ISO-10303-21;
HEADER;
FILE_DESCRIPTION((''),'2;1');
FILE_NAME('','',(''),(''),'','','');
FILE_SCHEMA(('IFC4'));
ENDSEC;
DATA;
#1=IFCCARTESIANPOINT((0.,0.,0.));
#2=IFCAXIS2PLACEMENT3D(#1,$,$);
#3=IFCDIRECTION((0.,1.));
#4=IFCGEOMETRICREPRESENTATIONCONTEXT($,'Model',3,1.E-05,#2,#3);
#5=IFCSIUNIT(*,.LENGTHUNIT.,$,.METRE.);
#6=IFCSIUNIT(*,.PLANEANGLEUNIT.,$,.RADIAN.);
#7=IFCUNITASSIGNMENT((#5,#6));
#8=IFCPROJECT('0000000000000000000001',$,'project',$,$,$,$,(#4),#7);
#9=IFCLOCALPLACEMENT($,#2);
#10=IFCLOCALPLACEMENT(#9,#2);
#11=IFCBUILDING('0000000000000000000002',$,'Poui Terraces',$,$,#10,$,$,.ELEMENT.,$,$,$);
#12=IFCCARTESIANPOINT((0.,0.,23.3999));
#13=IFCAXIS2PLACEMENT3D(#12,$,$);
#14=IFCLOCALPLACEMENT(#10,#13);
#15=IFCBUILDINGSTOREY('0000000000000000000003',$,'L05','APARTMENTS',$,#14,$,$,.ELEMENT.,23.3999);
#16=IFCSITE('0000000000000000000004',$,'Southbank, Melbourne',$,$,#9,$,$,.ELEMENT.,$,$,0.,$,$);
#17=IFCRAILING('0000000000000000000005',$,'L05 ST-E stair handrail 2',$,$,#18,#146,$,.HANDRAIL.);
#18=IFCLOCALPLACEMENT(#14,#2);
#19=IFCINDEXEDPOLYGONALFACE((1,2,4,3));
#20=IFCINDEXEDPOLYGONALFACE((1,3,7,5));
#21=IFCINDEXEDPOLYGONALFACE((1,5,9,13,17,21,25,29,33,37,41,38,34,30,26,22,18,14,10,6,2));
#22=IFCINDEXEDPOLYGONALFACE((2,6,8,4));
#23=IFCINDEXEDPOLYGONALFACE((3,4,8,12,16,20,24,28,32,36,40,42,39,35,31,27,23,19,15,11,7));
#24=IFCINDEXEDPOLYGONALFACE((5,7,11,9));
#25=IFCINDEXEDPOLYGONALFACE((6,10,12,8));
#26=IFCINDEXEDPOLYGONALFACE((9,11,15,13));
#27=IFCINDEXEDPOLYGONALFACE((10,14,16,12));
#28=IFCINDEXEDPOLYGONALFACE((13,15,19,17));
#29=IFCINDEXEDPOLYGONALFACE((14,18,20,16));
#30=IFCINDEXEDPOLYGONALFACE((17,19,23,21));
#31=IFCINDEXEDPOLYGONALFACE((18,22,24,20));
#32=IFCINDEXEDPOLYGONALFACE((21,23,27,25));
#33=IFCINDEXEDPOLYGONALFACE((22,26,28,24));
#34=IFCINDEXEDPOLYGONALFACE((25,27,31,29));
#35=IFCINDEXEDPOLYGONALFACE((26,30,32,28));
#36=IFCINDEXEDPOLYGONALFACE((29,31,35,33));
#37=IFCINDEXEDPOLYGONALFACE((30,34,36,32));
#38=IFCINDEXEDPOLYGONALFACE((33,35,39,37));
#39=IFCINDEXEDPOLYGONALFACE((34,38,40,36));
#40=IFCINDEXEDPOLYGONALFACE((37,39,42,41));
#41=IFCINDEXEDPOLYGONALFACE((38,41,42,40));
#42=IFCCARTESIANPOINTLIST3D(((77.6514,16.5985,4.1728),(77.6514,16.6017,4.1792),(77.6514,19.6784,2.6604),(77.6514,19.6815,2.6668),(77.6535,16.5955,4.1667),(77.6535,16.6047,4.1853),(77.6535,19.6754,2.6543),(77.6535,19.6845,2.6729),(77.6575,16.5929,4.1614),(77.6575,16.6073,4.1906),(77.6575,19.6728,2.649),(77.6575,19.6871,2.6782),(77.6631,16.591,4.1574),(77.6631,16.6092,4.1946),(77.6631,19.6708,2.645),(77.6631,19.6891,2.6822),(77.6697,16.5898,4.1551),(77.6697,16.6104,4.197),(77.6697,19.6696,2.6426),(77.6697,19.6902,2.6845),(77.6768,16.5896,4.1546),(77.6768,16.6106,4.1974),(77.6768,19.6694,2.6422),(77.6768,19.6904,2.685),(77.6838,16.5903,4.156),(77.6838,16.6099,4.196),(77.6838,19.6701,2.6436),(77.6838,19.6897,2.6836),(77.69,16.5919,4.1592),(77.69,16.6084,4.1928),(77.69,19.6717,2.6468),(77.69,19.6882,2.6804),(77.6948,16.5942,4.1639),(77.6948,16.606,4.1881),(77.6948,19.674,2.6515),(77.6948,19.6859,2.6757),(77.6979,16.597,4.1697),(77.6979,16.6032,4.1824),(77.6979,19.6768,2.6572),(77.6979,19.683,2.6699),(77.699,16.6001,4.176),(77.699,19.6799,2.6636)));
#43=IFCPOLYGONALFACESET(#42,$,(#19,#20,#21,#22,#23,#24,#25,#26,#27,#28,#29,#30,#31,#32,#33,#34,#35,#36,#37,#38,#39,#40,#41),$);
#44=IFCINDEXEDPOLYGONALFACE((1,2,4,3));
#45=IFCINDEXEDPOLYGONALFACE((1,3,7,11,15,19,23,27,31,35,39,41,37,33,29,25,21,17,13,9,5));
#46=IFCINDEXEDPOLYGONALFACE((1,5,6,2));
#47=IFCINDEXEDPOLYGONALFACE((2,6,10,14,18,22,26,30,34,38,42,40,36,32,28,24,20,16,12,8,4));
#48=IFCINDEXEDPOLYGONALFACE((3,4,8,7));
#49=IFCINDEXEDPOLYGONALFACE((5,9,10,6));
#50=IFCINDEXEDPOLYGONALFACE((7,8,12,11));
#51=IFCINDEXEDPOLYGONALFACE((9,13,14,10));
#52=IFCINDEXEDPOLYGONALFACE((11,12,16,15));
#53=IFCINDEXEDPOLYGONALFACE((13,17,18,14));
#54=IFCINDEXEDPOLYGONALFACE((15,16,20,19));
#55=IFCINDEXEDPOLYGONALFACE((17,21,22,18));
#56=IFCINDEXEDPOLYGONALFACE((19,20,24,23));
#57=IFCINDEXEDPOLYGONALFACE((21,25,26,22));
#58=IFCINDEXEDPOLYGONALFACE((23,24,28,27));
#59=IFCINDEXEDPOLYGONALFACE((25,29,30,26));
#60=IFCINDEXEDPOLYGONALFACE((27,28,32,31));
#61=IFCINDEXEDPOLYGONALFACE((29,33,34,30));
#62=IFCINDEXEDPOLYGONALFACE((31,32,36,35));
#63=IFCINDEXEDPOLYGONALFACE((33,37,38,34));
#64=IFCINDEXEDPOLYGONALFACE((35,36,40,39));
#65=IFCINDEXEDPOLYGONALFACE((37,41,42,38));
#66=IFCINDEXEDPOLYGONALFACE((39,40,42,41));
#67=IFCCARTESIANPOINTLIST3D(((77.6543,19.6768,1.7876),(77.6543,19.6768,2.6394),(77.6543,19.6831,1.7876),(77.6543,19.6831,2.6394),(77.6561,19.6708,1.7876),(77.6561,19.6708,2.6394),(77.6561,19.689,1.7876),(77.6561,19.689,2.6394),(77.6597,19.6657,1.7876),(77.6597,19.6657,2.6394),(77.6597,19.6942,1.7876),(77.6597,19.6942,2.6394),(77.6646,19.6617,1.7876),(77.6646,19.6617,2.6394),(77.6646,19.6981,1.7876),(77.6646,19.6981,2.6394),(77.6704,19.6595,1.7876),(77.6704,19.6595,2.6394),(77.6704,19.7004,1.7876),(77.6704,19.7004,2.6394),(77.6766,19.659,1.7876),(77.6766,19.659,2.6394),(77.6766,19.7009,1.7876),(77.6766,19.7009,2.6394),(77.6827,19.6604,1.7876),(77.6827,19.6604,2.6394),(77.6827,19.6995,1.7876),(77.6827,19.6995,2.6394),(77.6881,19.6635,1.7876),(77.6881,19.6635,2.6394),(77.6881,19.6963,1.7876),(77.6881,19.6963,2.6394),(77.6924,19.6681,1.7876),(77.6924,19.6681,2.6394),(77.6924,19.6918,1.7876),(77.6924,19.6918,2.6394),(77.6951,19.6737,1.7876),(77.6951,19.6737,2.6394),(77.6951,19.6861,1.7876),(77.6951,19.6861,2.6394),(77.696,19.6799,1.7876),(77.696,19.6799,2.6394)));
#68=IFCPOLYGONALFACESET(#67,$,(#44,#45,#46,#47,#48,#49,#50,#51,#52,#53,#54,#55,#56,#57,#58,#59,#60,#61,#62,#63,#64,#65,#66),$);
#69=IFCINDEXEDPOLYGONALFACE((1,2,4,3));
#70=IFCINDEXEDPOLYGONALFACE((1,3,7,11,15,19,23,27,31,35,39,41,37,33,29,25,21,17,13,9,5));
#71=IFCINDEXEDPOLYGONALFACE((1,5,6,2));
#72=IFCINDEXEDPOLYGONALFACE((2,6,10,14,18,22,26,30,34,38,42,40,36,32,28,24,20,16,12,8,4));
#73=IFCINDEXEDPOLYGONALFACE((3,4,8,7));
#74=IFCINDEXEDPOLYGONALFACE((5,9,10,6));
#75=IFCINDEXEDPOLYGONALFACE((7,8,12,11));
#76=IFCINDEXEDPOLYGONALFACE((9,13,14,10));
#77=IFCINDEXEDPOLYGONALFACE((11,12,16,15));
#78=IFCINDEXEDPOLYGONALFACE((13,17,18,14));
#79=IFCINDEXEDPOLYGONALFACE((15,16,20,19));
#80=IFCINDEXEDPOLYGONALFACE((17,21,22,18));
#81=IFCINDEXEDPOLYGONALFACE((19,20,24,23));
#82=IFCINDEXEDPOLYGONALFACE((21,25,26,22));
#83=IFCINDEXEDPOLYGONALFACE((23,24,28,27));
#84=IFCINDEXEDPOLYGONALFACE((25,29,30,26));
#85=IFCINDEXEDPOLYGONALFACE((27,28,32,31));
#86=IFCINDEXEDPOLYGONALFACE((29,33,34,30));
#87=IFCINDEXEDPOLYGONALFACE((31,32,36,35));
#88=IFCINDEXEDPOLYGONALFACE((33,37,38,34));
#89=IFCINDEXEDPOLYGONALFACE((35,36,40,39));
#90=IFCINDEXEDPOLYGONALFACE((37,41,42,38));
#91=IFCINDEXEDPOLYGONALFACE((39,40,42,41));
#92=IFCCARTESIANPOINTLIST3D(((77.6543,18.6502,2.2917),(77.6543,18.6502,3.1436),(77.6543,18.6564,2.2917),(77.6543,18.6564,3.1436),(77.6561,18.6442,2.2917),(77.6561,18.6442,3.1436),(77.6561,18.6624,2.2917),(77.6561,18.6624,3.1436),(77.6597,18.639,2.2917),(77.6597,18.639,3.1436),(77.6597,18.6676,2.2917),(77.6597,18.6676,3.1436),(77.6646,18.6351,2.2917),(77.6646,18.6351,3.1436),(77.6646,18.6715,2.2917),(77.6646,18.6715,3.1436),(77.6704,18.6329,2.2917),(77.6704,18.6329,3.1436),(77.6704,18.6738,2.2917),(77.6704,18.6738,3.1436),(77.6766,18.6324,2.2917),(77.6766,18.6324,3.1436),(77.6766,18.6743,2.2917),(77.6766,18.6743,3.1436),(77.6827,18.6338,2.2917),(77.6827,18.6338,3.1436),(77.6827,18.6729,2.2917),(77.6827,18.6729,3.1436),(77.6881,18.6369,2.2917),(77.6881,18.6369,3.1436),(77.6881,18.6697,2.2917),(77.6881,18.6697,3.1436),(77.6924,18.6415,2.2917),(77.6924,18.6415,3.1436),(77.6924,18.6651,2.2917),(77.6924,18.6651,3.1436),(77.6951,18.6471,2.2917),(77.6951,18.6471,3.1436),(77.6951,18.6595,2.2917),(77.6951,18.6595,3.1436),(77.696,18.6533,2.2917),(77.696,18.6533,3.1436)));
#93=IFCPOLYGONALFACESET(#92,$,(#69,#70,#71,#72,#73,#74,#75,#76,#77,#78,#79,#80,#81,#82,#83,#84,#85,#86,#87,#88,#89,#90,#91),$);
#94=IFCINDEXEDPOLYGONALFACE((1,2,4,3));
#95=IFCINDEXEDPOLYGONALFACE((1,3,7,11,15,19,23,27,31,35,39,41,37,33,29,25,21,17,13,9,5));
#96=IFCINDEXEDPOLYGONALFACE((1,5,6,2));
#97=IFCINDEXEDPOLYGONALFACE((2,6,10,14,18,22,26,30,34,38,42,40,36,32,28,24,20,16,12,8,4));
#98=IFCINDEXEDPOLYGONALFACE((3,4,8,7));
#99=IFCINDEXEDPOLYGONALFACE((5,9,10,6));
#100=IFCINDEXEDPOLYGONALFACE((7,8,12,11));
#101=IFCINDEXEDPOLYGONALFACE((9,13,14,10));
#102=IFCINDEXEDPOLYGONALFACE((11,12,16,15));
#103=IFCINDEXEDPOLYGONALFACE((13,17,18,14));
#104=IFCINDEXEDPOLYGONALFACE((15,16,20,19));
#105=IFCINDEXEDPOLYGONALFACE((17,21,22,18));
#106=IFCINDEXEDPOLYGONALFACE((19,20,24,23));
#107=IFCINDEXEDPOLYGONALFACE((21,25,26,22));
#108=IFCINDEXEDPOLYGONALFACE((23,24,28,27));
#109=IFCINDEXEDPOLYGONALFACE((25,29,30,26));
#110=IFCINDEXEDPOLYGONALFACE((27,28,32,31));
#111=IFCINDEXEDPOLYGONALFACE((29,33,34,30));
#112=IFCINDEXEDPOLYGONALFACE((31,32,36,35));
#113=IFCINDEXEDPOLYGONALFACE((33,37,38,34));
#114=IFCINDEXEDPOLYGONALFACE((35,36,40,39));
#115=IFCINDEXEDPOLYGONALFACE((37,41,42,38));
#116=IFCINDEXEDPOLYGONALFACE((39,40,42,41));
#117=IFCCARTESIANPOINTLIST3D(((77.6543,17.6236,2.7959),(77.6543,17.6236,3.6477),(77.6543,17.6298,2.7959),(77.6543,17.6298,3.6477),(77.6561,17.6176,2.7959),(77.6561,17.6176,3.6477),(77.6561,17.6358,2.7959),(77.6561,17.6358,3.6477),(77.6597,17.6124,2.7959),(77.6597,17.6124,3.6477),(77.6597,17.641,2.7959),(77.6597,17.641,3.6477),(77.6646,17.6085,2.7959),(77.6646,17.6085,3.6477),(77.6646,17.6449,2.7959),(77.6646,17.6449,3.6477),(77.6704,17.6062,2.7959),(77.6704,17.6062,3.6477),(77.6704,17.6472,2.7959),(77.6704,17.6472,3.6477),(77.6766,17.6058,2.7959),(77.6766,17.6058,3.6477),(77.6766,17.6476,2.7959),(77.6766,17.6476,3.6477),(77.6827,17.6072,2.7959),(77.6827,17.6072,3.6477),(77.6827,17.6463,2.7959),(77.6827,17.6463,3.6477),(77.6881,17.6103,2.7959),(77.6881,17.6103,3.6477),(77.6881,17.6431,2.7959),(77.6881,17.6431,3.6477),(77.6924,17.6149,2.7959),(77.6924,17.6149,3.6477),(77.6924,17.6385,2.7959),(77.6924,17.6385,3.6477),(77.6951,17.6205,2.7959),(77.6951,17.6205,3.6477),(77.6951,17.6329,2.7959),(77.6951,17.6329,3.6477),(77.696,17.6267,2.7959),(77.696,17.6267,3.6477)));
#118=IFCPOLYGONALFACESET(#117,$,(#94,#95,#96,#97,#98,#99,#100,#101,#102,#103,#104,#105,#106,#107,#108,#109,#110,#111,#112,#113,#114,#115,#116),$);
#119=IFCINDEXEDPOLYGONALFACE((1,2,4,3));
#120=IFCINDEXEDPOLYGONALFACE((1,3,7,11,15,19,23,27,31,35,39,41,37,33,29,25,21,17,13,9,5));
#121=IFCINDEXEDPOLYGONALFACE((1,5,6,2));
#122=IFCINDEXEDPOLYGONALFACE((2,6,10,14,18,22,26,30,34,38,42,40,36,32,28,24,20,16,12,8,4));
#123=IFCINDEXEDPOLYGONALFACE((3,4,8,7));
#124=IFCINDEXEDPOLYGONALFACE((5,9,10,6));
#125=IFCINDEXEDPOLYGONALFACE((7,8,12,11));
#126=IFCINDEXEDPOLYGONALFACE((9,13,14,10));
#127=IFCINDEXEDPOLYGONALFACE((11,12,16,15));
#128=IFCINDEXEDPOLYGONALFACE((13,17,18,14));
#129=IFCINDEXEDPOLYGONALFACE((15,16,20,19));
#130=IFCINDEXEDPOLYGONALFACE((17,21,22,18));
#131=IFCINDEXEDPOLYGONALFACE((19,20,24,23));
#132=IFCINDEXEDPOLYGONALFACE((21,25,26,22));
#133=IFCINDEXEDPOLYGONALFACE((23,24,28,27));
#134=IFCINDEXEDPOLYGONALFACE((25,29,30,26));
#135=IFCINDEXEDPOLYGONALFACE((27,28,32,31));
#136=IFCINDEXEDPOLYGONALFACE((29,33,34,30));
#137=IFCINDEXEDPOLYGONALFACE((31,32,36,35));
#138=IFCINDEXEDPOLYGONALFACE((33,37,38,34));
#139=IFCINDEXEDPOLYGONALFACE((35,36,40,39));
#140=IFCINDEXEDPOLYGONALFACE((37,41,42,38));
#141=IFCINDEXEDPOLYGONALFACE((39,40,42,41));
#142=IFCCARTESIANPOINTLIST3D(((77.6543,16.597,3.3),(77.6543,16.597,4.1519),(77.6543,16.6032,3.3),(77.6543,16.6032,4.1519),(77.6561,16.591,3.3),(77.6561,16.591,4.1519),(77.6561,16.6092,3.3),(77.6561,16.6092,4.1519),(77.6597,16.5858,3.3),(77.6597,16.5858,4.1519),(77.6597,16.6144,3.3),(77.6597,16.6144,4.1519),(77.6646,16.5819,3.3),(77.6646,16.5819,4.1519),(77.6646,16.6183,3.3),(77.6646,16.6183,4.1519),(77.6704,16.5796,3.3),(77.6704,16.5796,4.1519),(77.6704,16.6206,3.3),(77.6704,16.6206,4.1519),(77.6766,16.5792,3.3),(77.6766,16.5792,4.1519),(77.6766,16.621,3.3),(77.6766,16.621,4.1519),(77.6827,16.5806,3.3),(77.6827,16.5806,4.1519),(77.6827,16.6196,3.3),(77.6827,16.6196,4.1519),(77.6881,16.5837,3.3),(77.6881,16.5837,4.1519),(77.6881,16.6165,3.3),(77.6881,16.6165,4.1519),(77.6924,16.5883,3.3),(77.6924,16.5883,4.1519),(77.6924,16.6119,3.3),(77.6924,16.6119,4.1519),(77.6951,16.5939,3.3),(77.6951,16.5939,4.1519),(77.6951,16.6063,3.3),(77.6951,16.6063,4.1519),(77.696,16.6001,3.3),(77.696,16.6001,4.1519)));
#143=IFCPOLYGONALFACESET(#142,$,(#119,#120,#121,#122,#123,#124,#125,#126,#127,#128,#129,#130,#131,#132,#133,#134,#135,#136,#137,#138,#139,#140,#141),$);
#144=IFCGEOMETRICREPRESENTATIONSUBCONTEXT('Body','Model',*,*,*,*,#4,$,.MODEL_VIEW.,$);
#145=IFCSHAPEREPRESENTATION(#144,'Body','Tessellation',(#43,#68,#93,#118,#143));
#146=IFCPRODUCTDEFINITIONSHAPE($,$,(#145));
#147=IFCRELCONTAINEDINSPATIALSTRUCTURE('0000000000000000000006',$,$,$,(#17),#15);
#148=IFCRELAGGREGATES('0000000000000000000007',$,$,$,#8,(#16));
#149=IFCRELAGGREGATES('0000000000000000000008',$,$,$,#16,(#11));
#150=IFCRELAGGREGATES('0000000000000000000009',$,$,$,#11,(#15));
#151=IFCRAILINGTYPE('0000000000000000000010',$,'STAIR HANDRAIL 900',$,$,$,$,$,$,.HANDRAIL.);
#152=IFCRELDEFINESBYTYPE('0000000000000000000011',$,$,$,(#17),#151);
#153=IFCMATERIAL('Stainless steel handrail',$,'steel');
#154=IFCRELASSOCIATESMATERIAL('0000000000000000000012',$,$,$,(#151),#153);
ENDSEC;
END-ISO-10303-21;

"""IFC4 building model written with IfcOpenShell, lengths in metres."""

from ifc_helpers import new_model, si_unit, direction, frame, origin, origin_2d, place, context, subcontext, project, spatial, circle, extrude, material, type_object, element, save


model = new_model("IFC4")

# Units and contexts
model_context = context("Model", 3, precision=1e-05, world=origin(), true_north=direction((0.0, 1.0)))
body_context = subcontext(model_context, "Body", "Model", "MODEL_VIEW")
ifc_project = project(units=[si_unit("LENGTHUNIT", "METRE"), si_unit("PLANEANGLEUNIT", "RADIAN")], contexts=[model_context])

# Site, building, storey
site_placement = place(None, origin())
site = spatial("IfcSite", under=ifc_project, at=site_placement, Name="Southbank, Melbourne", CompositionType="ELEMENT", RefElevation=0.0)
building_placement = place(site_placement, origin())
building = spatial("IfcBuilding", under=site, at=building_placement, Name="Poui Terraces", CompositionType="ELEMENT")
storey_placement = place(building_placement, frame((0.0, 0.0, 23.3999)))
storey = spatial("IfcBuildingStorey", under=building, at=storey_placement, Name="L05", Description="APARTMENTS", CompositionType="ELEMENT", Elevation=23.3999)

# Railing
ifc_material_1 = material(Name="Stainless steel handrail", Category="steel")
railing_type_1 = type_object("IfcRailingType", Name="STAIR HANDRAIL 900", PredefinedType="HANDRAIL", material=ifc_material_1)
railing_1_placement = place(storey_placement, frame((77.675, 19.6799, 1.7876)))
element("IfcRailing", 1, at=railing_1_placement, inside=storey, type_object=railing_type_1, Name="L05 ST-E stair handrail 2", PredefinedType="HANDRAIL", context=body_context, shape_type="SweptSolid", body=[
    extrude(circle(Radius=0.0239, at=origin_2d()), frame((0.0, 0.0, 0.876), z_axis=(0.0, -0.897606, 0.440798), x_axis=(1.0, 0.0, 0.0)), (0.0, 0.0, 1.0), 3.4312),
    extrude(circle(Radius=0.021, at=origin_2d()), origin(), (0.0, 0.0, 1.0), 0.8518),
    extrude(circle(Radius=0.021, at=origin_2d()), frame((0.0, -1.0266, 0.5042)), (0.0, 0.0, 1.0), 0.8518),
    extrude(circle(Radius=0.021, at=origin_2d()), frame((0.0, -2.0532, 1.0083)), (0.0, 0.0, 1.0), 0.8518),
    extrude(circle(Radius=0.021, at=origin_2d()), frame((0.0, -3.0798, 1.5125)), (0.0, 0.0, 1.0), 0.8518),
])

save(model, "model.ifc")
